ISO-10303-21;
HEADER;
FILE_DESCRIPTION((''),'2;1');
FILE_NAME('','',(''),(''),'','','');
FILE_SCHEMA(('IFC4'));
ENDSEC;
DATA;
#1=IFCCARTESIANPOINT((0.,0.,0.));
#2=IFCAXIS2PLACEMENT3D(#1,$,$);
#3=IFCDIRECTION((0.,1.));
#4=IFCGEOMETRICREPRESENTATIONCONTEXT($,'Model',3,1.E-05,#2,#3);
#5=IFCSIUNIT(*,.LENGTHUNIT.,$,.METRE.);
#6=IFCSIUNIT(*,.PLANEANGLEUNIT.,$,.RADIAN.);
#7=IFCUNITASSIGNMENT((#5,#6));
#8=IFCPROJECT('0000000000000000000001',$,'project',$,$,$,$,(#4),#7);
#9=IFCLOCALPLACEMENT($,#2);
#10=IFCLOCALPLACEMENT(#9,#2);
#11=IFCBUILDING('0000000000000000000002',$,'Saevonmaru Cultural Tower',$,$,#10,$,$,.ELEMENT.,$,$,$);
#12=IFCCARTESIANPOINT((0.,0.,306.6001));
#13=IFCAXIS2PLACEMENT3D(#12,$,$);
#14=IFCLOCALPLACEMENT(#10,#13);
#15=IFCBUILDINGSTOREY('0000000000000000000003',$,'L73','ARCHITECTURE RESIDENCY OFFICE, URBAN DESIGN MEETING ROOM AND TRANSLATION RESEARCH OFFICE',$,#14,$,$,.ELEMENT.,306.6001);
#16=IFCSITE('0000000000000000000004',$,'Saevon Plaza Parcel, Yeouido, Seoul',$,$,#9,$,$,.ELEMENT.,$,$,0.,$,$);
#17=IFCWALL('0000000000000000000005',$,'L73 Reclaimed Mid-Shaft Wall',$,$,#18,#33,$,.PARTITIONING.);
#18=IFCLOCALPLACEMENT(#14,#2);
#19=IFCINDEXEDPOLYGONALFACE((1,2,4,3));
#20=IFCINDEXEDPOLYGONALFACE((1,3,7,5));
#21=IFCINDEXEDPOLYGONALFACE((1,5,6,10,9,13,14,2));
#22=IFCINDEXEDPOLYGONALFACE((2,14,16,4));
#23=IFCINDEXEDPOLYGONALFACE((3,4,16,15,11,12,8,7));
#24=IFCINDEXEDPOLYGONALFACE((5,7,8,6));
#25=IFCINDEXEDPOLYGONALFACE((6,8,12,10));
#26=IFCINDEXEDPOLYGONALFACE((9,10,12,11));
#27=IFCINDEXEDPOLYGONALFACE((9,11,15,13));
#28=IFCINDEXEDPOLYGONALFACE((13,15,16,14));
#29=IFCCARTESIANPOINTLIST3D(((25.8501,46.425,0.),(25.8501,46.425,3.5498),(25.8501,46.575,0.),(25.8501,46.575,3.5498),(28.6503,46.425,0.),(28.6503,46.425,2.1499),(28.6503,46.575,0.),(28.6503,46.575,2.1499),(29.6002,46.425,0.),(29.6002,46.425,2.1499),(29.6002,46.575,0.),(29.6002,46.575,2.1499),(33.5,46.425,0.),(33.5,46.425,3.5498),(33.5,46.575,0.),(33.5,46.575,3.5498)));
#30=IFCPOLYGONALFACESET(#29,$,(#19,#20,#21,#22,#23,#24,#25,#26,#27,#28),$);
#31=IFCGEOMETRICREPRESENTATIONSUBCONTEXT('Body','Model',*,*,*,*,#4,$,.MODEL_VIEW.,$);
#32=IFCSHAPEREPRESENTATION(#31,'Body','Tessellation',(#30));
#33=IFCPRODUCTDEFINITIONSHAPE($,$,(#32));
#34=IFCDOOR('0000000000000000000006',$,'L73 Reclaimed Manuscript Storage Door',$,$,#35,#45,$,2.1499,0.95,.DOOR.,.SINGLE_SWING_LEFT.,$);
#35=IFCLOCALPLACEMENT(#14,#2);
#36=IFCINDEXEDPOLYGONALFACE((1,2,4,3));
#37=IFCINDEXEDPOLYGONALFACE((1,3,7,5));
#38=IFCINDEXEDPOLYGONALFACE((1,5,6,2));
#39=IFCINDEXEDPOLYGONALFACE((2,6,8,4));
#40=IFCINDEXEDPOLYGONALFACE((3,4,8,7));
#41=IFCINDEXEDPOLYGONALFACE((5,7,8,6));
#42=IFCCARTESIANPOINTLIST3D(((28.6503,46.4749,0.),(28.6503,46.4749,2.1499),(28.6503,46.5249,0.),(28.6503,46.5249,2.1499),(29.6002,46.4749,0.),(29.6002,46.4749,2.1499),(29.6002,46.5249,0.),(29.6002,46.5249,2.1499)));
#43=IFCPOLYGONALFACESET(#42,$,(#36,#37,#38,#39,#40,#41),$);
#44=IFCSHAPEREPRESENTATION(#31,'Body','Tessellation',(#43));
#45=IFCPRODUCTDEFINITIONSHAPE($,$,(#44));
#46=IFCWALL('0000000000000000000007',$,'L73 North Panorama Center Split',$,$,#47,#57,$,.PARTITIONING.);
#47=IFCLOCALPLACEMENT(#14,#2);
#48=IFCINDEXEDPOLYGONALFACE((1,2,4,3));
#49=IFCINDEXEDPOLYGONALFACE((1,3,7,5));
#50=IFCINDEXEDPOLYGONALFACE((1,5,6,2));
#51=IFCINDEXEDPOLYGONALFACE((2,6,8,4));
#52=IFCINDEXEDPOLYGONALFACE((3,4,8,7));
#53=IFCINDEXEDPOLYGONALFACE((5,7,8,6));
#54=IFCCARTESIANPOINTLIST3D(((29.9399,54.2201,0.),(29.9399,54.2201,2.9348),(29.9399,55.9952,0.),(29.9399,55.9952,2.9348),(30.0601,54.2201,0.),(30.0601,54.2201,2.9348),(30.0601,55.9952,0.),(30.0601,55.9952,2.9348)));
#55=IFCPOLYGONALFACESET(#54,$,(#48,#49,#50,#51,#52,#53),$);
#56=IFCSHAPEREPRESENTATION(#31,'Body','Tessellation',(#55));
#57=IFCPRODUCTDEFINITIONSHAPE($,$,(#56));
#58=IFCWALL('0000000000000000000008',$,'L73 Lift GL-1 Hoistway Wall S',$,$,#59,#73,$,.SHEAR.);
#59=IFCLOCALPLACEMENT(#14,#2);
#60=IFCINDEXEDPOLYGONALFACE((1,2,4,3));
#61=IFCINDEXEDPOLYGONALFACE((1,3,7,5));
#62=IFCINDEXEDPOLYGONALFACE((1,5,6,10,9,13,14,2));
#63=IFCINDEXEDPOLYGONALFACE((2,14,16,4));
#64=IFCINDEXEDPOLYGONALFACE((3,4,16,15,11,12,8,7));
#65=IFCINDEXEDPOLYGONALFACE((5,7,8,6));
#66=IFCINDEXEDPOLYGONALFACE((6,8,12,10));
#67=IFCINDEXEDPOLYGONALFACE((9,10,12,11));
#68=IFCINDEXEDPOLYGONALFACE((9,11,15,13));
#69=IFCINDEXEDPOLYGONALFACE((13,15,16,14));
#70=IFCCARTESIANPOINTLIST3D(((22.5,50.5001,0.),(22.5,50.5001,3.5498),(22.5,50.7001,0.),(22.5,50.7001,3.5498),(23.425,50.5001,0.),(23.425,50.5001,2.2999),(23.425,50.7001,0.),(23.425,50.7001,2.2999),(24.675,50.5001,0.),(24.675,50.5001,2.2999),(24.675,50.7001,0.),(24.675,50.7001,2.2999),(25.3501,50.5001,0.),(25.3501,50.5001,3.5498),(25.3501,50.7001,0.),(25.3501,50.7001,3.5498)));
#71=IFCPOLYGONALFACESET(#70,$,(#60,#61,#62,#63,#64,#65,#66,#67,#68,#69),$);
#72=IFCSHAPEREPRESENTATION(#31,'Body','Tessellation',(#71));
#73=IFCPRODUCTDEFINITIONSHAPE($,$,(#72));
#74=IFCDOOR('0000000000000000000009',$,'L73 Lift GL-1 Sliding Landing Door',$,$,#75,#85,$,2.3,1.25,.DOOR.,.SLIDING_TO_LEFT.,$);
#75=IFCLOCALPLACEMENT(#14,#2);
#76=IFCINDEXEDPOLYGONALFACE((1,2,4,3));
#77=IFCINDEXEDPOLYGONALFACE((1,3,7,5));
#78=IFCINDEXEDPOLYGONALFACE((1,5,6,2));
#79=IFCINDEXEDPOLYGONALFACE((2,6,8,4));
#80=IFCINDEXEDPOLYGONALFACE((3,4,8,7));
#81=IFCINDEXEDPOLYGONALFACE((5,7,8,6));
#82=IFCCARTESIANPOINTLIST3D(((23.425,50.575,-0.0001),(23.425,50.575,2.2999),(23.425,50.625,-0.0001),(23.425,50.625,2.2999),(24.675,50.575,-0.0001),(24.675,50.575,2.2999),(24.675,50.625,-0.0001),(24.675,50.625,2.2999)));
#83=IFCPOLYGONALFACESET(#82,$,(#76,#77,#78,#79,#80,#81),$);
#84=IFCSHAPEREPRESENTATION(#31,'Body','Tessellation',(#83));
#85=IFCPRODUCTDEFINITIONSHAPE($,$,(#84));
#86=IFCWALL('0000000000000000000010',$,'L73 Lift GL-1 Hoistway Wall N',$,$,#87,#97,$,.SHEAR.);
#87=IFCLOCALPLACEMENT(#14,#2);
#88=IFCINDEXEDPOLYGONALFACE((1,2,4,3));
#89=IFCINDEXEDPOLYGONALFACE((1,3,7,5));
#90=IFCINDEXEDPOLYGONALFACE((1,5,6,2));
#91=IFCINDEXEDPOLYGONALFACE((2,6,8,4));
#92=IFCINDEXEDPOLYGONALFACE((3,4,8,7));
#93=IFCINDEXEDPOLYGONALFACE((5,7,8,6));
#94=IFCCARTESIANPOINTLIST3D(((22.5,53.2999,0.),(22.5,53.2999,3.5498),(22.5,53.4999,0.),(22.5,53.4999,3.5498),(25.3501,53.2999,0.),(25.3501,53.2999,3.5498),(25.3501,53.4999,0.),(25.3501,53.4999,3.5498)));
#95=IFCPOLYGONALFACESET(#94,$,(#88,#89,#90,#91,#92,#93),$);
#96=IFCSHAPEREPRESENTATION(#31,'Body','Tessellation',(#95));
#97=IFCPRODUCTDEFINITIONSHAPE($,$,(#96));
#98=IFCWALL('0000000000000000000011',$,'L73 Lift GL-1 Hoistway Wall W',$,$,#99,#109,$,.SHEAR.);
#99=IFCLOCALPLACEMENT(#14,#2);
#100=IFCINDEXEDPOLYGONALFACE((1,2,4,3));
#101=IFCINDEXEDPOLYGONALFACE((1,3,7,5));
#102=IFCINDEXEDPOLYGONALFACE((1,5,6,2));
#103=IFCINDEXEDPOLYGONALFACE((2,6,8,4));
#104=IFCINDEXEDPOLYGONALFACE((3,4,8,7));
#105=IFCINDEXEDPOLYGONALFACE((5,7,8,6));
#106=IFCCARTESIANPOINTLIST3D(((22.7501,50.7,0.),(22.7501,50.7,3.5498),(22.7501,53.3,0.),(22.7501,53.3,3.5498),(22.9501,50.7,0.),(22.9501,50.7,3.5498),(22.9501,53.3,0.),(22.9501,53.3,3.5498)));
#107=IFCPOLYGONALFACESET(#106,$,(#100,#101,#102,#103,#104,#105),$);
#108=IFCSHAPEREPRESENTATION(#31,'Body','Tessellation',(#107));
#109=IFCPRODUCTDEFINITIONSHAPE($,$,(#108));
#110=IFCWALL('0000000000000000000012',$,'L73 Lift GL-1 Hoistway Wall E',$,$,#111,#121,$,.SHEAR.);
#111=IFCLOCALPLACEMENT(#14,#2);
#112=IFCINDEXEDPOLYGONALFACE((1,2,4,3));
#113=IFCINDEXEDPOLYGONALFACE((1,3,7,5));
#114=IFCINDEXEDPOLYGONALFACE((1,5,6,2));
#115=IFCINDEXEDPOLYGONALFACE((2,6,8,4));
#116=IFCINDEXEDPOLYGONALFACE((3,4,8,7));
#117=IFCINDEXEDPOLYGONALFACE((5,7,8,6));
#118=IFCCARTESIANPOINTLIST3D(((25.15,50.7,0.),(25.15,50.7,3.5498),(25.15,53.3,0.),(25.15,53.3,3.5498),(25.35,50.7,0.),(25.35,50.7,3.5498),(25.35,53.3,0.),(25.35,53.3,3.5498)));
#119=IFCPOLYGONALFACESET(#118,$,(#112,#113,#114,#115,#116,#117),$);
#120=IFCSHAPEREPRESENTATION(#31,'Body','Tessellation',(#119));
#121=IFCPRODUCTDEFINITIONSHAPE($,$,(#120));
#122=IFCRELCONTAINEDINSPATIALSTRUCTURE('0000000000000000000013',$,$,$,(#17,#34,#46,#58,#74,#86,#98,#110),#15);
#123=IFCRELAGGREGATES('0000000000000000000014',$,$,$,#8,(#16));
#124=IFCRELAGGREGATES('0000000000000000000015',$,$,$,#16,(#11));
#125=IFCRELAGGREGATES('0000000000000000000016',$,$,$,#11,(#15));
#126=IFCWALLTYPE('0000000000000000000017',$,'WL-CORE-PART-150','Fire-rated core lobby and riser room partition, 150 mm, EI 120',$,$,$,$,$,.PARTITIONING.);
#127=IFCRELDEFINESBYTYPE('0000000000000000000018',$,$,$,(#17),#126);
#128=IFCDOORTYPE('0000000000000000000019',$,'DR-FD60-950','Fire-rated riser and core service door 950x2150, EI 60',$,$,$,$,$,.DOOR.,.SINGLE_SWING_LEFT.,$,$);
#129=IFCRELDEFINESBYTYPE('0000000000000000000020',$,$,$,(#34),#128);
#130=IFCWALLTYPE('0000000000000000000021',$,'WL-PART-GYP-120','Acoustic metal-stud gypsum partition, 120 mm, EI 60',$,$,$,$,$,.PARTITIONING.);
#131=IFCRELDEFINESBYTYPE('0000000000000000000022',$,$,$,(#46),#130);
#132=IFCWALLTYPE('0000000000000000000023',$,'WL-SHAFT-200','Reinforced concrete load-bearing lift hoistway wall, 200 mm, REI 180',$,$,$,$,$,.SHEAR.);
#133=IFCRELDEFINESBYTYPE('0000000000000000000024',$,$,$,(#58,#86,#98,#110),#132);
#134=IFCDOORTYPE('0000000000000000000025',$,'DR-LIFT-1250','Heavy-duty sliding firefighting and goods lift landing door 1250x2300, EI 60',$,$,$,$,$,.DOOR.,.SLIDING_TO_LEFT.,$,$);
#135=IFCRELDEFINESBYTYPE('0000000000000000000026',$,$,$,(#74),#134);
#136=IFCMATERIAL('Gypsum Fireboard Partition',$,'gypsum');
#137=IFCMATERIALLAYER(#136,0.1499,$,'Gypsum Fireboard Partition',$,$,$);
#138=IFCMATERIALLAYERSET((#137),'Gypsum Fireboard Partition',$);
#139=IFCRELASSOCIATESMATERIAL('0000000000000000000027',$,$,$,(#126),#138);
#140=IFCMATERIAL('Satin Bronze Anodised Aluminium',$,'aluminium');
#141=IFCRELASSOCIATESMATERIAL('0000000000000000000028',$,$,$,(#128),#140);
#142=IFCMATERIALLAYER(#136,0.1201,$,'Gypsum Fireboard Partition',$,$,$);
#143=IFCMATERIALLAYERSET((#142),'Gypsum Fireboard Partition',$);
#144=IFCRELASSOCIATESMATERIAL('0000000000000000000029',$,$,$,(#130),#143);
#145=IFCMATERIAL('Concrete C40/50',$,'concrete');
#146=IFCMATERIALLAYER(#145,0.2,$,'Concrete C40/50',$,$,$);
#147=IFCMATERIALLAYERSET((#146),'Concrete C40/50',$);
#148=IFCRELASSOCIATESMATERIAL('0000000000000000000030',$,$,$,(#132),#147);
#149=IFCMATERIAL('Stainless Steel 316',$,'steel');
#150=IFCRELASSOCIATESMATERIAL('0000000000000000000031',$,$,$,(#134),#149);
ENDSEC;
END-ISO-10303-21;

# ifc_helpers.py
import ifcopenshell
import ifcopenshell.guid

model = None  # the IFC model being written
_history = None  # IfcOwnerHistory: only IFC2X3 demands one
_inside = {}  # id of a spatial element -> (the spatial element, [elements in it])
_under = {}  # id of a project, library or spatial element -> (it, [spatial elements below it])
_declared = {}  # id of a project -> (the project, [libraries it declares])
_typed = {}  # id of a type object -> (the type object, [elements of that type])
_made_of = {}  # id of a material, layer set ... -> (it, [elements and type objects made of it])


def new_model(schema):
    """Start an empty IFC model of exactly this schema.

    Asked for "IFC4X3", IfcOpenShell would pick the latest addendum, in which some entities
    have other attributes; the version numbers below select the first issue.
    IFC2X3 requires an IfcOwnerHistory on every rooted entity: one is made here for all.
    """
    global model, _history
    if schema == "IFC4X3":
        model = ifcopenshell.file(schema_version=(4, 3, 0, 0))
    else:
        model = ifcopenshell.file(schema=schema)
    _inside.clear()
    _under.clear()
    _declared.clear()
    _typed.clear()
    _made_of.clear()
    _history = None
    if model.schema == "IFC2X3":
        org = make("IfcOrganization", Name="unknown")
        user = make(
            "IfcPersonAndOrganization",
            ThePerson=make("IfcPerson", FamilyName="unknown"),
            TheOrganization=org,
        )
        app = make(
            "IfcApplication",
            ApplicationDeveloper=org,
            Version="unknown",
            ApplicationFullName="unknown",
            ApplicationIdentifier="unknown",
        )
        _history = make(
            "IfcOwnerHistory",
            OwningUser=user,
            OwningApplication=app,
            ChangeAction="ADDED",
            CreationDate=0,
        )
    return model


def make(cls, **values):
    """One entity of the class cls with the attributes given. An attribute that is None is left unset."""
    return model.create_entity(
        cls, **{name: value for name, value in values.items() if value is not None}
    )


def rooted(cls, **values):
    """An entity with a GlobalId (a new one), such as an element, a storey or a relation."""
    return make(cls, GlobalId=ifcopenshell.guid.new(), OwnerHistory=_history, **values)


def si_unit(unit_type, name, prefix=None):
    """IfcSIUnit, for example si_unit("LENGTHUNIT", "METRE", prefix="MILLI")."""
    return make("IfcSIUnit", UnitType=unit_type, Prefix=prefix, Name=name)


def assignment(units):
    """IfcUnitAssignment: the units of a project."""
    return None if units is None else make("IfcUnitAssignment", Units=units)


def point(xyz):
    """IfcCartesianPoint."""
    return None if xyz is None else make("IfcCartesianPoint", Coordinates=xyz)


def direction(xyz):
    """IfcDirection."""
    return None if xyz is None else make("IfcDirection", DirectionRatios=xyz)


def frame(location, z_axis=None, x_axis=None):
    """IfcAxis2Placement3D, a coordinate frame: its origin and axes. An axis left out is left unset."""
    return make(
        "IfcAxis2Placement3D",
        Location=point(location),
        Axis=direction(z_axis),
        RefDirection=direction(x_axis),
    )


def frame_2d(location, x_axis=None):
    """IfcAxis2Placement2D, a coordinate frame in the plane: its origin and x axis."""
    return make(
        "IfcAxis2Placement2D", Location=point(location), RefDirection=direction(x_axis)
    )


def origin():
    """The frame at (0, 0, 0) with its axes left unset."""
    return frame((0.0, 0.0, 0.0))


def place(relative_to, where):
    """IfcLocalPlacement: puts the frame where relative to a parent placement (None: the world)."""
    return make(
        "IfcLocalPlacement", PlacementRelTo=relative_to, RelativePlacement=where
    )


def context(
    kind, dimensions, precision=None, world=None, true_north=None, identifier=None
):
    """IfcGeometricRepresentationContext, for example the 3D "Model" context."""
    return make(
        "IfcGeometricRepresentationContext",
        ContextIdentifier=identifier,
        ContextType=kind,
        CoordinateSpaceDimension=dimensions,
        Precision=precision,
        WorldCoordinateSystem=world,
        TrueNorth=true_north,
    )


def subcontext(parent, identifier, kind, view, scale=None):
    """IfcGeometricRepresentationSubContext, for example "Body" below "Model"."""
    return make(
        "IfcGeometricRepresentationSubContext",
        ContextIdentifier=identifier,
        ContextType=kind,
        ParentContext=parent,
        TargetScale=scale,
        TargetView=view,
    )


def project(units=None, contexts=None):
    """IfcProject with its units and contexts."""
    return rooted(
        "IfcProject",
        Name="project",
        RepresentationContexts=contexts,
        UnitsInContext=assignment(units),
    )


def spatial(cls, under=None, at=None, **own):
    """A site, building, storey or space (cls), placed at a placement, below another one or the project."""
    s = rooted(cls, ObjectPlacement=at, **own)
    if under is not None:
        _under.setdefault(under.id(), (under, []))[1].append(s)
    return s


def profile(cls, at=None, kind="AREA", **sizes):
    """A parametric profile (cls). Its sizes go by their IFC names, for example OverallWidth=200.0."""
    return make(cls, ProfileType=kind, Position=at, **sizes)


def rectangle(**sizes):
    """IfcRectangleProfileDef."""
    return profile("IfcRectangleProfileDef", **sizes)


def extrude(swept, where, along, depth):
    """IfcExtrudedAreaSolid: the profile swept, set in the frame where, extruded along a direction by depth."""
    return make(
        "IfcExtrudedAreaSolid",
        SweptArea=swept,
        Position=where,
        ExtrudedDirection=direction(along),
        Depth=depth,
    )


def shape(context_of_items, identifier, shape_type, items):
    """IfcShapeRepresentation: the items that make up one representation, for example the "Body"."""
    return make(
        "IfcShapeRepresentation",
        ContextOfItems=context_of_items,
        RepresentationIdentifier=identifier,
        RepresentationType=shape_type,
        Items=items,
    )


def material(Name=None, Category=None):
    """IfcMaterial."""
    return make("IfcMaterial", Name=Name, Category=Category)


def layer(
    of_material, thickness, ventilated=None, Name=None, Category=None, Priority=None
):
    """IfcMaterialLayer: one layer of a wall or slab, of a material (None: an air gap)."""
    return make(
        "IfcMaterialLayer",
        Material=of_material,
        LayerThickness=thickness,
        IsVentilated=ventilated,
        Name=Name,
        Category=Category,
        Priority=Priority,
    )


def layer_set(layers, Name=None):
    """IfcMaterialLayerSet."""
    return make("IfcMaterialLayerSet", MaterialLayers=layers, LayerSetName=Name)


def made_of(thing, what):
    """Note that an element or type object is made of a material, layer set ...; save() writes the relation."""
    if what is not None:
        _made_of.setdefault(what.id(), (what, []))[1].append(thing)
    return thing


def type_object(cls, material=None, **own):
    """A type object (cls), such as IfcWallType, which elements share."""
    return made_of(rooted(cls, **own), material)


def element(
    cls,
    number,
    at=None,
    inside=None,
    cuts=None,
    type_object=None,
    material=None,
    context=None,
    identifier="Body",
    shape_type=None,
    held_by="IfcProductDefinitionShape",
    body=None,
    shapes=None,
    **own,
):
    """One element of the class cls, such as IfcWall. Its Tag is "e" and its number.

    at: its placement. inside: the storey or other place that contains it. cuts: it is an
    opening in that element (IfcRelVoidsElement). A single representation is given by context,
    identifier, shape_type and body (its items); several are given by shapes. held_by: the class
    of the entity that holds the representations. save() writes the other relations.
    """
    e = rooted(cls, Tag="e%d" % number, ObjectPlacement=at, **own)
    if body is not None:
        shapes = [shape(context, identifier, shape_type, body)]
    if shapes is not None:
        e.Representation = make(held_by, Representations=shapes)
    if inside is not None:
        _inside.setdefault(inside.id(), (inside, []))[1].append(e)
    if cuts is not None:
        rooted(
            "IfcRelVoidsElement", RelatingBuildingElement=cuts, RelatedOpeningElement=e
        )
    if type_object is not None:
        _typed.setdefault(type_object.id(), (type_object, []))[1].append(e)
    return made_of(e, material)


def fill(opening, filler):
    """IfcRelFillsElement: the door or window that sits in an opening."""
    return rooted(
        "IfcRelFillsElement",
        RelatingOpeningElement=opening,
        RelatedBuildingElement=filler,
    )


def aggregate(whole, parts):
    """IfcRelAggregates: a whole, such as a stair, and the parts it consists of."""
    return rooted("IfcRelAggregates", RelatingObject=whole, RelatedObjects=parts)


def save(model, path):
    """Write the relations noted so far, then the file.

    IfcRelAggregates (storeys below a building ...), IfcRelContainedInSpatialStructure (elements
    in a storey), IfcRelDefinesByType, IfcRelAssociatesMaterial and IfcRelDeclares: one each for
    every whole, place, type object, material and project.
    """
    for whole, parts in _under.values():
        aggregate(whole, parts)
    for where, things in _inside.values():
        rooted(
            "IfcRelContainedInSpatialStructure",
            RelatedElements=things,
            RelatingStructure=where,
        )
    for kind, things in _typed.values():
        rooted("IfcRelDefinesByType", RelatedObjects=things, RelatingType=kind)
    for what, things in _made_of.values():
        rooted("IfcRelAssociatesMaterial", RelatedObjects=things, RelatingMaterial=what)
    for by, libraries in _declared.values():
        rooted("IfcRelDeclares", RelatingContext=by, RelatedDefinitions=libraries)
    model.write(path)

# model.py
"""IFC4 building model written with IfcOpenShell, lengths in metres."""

from ifc_helpers import new_model, si_unit, direction, frame, frame_2d, origin, place, context, subcontext, project, spatial, rectangle, extrude, material, layer, layer_set, type_object, element, fill, save


model = new_model("IFC4")

# Units and contexts
model_context = context("Model", 3, precision=1e-05, world=origin(), true_north=direction((0.0, 1.0)))
body_context = subcontext(model_context, "Body", "Model", "MODEL_VIEW")
ifc_project = project(units=[si_unit("LENGTHUNIT", "METRE"), si_unit("PLANEANGLEUNIT", "RADIAN")], contexts=[model_context])

# Site, building, storey
site_placement = place(None, origin())
site = spatial("IfcSite", under=ifc_project, at=site_placement, Name="Saevon Plaza Parcel, Yeouido, Seoul", CompositionType="ELEMENT", RefElevation=0.0)
building_placement = place(site_placement, origin())
building = spatial("IfcBuilding", under=site, at=building_placement, Name="Saevonmaru Cultural Tower", CompositionType="ELEMENT")
storey_placement = place(building_placement, frame((0.0, 0.0, 306.6001)))
storey = spatial("IfcBuildingStorey", under=building, at=storey_placement, Name="L73", Description="ARCHITECTURE RESIDENCY OFFICE, URBAN DESIGN MEETING ROOM AND TRANSLATION RESEARCH OFFICE", CompositionType="ELEMENT", Elevation=306.6001)

# Shared definitions
ifc_material_1 = material(Name="Satin Bronze Anodised Aluminium", Category="aluminium")

# Shared definitions
ifc_material_2 = material(Name="Gypsum Fireboard Partition", Category="gypsum")
ifc_layer_1 = layer(ifc_material_2, 0.1499, Name="Gypsum Fireboard Partition")
ifc_layer_set_1 = layer_set([ifc_layer_1], Name="Gypsum Fireboard Partition")
wall_type_1 = type_object("IfcWallType", Name="WL-CORE-PART-150", Description="Fire-rated core lobby and riser room partition, 150 mm, EI 120", PredefinedType="PARTITIONING", material=ifc_layer_set_1)

# Shared definitions
door_type_1 = type_object("IfcDoorType", Name="DR-FD60-950", Description="Fire-rated riser and core service door 950x2150, EI 60", OperationType="SINGLE_SWING_LEFT", PredefinedType="DOOR", material=ifc_material_1)

# Wall, opening, door
wall_1_placement = place(storey_placement, frame((25.8501, 46.5, 0.0), z_axis=(0.0, 0.0, 1.0), x_axis=(1.0, 0.0, 0.0)))
wall_1 = element("IfcWall", 1, at=wall_1_placement, inside=storey, type_object=wall_type_1, Name="L73 Reclaimed Mid-Shaft Wall", PredefinedType="PARTITIONING", context=body_context, shape_type="SweptSolid", body=[
    extrude(rectangle(XDim=7.6499, YDim=0.1499, at=frame_2d((3.825, 0.0))), origin(), (0.0, 0.0, 1.0), 3.5498),
])
opening_1_placement = place(wall_1_placement, frame((2.8, 0.0, 0.0)))
opening_1 = element("IfcOpeningElement", 2, at=opening_1_placement, cuts=wall_1, PredefinedType="OPENING", context=body_context, shape_type="SweptSolid", body=[
    extrude(rectangle(XDim=0.95, YDim=2.1499, at=frame_2d((0.4751, 1.075))), frame((0.0, 0.085, 0.0), z_axis=(0.0, -1.0, 0.0), x_axis=(1.0, 0.0, 0.0)), (0.0, 0.0, 1.0), 0.1699),
])
door_1_placement = place(opening_1_placement, origin())
door_1 = element("IfcDoor", 3, at=door_1_placement, inside=storey, type_object=door_type_1, Name="L73 Reclaimed Manuscript Storage Door", OperationType="SINGLE_SWING_LEFT", OverallHeight=2.1499, OverallWidth=0.95, PredefinedType="DOOR", context=body_context, shape_type="SweptSolid", body=[
    extrude(rectangle(XDim=0.95, YDim=2.1499, at=frame_2d((0.4751, 1.075))), frame((0.0, 0.0249, 0.0), z_axis=(0.0, -1.0, 0.0), x_axis=(1.0, 0.0, 0.0)), (0.0, 0.0, 1.0), 0.05),
])
fill(opening_1, door_1)

# Wall
ifc_layer_2 = layer(ifc_material_2, 0.1201, Name="Gypsum Fireboard Partition")
ifc_layer_set_2 = layer_set([ifc_layer_2], Name="Gypsum Fireboard Partition")
wall_type_2 = type_object("IfcWallType", Name="WL-PART-GYP-120", Description="Acoustic metal-stud gypsum partition, 120 mm, EI 60", PredefinedType="PARTITIONING", material=ifc_layer_set_2)
wall_2_placement = place(storey_placement, frame((30.0, 54.22, 0.0), z_axis=(0.0, 0.0, 1.0), x_axis=(0.0, 1.0, 0.0)))
element("IfcWall", 4, at=wall_2_placement, inside=storey, type_object=wall_type_2, Name="L73 North Panorama Center Split", PredefinedType="PARTITIONING", context=body_context, shape_type="SweptSolid", body=[
    extrude(rectangle(XDim=1.7751, YDim=0.1201, at=frame_2d((0.8877, 0.0))), origin(), (0.0, 0.0, 1.0), 2.9348),
])

# Wall, opening, door
ifc_material_3 = material(Name="Concrete C40/50", Category="concrete")
ifc_layer_3 = layer(ifc_material_3, 0.2, Name="Concrete C40/50")
ifc_layer_set_3 = layer_set([ifc_layer_3], Name="Concrete C40/50")
wall_type_3 = type_object("IfcWallType", Name="WL-SHAFT-200", Description="Reinforced concrete load-bearing lift hoistway wall, 200 mm, REI 180", PredefinedType="SHEAR", material=ifc_layer_set_3)
wall_3_placement = place(storey_placement, frame((22.5, 50.6001, 0.0), z_axis=(0.0, 0.0, 1.0), x_axis=(1.0, 0.0, 0.0)))
wall_3 = element("IfcWall", 5, at=wall_3_placement, inside=storey, type_object=wall_type_3, Name="L73 Lift GL-1 Hoistway Wall S", PredefinedType="SHEAR", context=body_context, shape_type="SweptSolid", body=[
    extrude(rectangle(XDim=2.8501, YDim=0.2, at=frame_2d((1.425, 0.0))), origin(), (0.0, 0.0, 1.0), 3.5498),
])
opening_2_placement = place(wall_3_placement, frame((0.925, 0.0, 0.0)))
opening_2 = element("IfcOpeningElement", 6, at=opening_2_placement, cuts=wall_3, PredefinedType="OPENING", context=body_context, shape_type="SweptSolid", body=[
    extrude(rectangle(XDim=1.25, YDim=2.3, at=frame_2d((0.625, 1.1499))), frame((0.0, 0.1099, 0.0), z_axis=(0.0, -1.0, 0.0), x_axis=(1.0, 0.0, 0.0)), (0.0, 0.0, 1.0), 0.22),
])
ifc_material_4 = material(Name="Stainless Steel 316", Category="steel")
door_type_2 = type_object("IfcDoorType", Name="DR-LIFT-1250", Description="Heavy-duty sliding firefighting and goods lift landing door 1250x2300, EI 60", OperationType="SLIDING_TO_LEFT", PredefinedType="DOOR", material=ifc_material_4)
door_2_placement = place(opening_2_placement, origin())
door_2 = element("IfcDoor", 7, at=door_2_placement, inside=storey, type_object=door_type_2, Name="L73 Lift GL-1 Sliding Landing Door", OperationType="SLIDING_TO_LEFT", OverallHeight=2.3, OverallWidth=1.25, PredefinedType="DOOR", context=body_context, shape_type="SweptSolid", body=[
    extrude(rectangle(XDim=1.25, YDim=2.3, at=frame_2d((0.625, 1.1499))), frame((0.0, 0.0249, 0.0), z_axis=(0.0, -1.0, 0.0), x_axis=(1.0, 0.0, 0.0)), (0.0, 0.0, 1.0), 0.05),
])
fill(opening_2, door_2)

# Walls
wall_4_placement = place(storey_placement, frame((22.5, 53.3999, 0.0), z_axis=(0.0, 0.0, 1.0), x_axis=(1.0, 0.0, 0.0)))
element("IfcWall", 8, at=wall_4_placement, inside=storey, type_object=wall_type_3, Name="L73 Lift GL-1 Hoistway Wall N", PredefinedType="SHEAR", context=body_context, shape_type="SweptSolid", body=[
    extrude(rectangle(XDim=2.8501, YDim=0.2, at=frame_2d((1.425, 0.0))), origin(), (0.0, 0.0, 1.0), 3.5498),
])
for number, where, z_axis, x_axis, name in (
    (9, (22.8501, 50.7, 0.0), (0.0, 0.0, 1.0), (0.0, 1.0, 0.0), "L73 Lift GL-1 Hoistway Wall W"),
    (10, (25.25, 50.7, 0.0), (0.0, 0.0, 1.0), (0.0, 1.0, 0.0), "L73 Lift GL-1 Hoistway Wall E"),
):
    element("IfcWall", number, at=place(storey_placement, frame(where, z_axis=z_axis, x_axis=x_axis)), inside=storey, type_object=wall_type_3, Name=name, PredefinedType="SHEAR", context=body_context, shape_type="SweptSolid", body=[
        extrude(rectangle(XDim=2.6001, YDim=0.2, at=frame_2d((1.3, 0.0))), origin(), (0.0, 0.0, 1.0), 3.5498),
    ])

save(model, "model.ifc")
